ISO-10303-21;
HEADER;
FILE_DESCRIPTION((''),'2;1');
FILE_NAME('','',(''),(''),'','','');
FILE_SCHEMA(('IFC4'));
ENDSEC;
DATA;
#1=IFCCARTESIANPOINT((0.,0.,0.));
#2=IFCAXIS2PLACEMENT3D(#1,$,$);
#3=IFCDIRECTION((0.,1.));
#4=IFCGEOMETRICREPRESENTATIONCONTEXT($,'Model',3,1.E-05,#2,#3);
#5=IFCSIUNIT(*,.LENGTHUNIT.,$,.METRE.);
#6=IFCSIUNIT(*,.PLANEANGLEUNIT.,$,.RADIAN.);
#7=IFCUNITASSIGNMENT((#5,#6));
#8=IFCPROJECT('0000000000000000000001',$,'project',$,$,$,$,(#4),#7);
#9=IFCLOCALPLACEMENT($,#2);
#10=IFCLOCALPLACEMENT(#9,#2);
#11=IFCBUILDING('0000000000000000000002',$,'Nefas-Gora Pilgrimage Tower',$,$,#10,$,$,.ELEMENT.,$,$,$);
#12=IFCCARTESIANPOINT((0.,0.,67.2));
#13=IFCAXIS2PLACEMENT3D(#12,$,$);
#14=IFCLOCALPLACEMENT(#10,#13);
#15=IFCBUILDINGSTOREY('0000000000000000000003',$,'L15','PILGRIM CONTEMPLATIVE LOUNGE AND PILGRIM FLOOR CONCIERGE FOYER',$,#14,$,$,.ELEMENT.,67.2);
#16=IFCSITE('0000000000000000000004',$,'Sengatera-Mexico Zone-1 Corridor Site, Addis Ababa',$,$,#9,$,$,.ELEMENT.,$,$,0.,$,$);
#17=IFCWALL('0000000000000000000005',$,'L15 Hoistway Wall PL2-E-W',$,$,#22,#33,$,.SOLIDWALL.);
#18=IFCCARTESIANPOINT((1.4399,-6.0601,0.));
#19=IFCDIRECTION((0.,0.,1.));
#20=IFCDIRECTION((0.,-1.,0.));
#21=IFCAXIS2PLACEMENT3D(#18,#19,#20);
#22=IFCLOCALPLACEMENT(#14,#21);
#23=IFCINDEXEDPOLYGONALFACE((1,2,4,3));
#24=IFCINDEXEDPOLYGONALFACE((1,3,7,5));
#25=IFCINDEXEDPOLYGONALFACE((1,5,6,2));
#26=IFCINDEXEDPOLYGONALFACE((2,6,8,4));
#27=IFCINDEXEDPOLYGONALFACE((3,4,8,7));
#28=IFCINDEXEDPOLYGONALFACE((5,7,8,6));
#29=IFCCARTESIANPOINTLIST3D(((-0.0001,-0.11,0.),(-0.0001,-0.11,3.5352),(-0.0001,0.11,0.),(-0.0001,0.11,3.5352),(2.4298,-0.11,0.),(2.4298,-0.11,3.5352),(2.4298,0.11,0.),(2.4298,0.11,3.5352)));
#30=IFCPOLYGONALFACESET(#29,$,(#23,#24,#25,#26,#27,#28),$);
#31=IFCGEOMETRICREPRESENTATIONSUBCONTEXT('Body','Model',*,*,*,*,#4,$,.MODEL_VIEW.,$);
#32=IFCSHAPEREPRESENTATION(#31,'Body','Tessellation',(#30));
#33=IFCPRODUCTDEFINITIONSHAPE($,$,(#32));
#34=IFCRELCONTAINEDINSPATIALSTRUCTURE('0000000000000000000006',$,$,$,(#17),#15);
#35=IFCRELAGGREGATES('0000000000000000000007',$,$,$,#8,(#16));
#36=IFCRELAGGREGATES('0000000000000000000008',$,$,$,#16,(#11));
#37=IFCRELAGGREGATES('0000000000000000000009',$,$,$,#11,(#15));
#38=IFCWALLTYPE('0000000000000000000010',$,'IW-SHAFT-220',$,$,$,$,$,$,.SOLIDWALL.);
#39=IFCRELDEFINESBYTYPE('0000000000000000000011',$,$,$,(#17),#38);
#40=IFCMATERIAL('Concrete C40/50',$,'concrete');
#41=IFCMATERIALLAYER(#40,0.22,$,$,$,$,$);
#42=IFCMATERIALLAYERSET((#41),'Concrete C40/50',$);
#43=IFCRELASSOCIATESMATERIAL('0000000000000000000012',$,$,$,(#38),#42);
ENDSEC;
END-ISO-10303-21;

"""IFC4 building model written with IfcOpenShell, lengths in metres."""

from ifc_helpers import new_model, si_unit, direction, frame, frame_2d, origin, place, context, subcontext, project, spatial, rectangle, extrude, source, transform, mapped, material, layer, layer_set, type_object, element, save


model = new_model("IFC4")

# Units and contexts
model_context = context("Model", 3, precision=1e-05, world=origin(), true_north=direction((0.0, 1.0)))
body_context = subcontext(model_context, "Body", "Model", "MODEL_VIEW")
ifc_project = project(units=[si_unit("LENGTHUNIT", "METRE"), si_unit("PLANEANGLEUNIT", "RADIAN")], contexts=[model_context])

# Site, building, storey
site_placement = place(None, origin())
site = spatial("IfcSite", under=ifc_project, at=site_placement, Name="Sengatera-Mexico Zone-1 Corridor Site, Addis Ababa", CompositionType="ELEMENT", RefElevation=0.0)
building_placement = place(site_placement, origin())
building = spatial("IfcBuilding", under=site, at=building_placement, Name="Nefas-Gora Pilgrimage Tower", CompositionType="ELEMENT")
storey_placement = place(building_placement, frame((0.0, 0.0, 67.2)))
storey = spatial("IfcBuildingStorey", under=building, at=storey_placement, Name="L15", Description="PILGRIM CONTEMPLATIVE LOUNGE AND PILGRIM FLOOR CONCIERGE FOYER", CompositionType="ELEMENT", Elevation=67.2)

# Shared definitions
ifc_material_1 = material(Name="Concrete C40/50", Category="concrete")
ifc_layer_1 = layer(ifc_material_1, 0.22)
ifc_layer_set_1 = layer_set([ifc_layer_1], Name="Concrete C40/50")
wall_type_1 = type_object("IfcWallType", Name="IW-SHAFT-220", PredefinedType="SOLIDWALL", material=ifc_layer_set_1)

# Wall
shared_shape_1 = source(origin(), body_context, "Body", "SweptSolid", [
    extrude(rectangle(XDim=2.4299, YDim=0.22, at=frame_2d((1.2148, 0.0))), origin(), (0.0, 0.0, 1.0), 3.5352),
])
for number, where, z_axis, x_axis, name in (
    (1, (1.4399, -6.0601, 0.0), (0.0, 0.0, 1.0), (0.0, -1.0, 0.0), "L15 Hoistway Wall PL2-E-W"),
):
    element("IfcWall", number, at=place(storey_placement, frame(where, z_axis=z_axis, x_axis=x_axis)), inside=storey, type_object=wall_type_1, Name=name, PredefinedType="SOLIDWALL", context=body_context, shape_type="MappedRepresentation", body=[
        mapped(shared_shape_1, transform((0.0, 0.0, 0.0), x_axis=(1.0, 0.0, 0.0), y_axis=(0.0, 1.0, 0.0), z_axis=(0.0, 0.0, 1.0), scale=1.0)),
    ])

save(model, "model.ifc")
